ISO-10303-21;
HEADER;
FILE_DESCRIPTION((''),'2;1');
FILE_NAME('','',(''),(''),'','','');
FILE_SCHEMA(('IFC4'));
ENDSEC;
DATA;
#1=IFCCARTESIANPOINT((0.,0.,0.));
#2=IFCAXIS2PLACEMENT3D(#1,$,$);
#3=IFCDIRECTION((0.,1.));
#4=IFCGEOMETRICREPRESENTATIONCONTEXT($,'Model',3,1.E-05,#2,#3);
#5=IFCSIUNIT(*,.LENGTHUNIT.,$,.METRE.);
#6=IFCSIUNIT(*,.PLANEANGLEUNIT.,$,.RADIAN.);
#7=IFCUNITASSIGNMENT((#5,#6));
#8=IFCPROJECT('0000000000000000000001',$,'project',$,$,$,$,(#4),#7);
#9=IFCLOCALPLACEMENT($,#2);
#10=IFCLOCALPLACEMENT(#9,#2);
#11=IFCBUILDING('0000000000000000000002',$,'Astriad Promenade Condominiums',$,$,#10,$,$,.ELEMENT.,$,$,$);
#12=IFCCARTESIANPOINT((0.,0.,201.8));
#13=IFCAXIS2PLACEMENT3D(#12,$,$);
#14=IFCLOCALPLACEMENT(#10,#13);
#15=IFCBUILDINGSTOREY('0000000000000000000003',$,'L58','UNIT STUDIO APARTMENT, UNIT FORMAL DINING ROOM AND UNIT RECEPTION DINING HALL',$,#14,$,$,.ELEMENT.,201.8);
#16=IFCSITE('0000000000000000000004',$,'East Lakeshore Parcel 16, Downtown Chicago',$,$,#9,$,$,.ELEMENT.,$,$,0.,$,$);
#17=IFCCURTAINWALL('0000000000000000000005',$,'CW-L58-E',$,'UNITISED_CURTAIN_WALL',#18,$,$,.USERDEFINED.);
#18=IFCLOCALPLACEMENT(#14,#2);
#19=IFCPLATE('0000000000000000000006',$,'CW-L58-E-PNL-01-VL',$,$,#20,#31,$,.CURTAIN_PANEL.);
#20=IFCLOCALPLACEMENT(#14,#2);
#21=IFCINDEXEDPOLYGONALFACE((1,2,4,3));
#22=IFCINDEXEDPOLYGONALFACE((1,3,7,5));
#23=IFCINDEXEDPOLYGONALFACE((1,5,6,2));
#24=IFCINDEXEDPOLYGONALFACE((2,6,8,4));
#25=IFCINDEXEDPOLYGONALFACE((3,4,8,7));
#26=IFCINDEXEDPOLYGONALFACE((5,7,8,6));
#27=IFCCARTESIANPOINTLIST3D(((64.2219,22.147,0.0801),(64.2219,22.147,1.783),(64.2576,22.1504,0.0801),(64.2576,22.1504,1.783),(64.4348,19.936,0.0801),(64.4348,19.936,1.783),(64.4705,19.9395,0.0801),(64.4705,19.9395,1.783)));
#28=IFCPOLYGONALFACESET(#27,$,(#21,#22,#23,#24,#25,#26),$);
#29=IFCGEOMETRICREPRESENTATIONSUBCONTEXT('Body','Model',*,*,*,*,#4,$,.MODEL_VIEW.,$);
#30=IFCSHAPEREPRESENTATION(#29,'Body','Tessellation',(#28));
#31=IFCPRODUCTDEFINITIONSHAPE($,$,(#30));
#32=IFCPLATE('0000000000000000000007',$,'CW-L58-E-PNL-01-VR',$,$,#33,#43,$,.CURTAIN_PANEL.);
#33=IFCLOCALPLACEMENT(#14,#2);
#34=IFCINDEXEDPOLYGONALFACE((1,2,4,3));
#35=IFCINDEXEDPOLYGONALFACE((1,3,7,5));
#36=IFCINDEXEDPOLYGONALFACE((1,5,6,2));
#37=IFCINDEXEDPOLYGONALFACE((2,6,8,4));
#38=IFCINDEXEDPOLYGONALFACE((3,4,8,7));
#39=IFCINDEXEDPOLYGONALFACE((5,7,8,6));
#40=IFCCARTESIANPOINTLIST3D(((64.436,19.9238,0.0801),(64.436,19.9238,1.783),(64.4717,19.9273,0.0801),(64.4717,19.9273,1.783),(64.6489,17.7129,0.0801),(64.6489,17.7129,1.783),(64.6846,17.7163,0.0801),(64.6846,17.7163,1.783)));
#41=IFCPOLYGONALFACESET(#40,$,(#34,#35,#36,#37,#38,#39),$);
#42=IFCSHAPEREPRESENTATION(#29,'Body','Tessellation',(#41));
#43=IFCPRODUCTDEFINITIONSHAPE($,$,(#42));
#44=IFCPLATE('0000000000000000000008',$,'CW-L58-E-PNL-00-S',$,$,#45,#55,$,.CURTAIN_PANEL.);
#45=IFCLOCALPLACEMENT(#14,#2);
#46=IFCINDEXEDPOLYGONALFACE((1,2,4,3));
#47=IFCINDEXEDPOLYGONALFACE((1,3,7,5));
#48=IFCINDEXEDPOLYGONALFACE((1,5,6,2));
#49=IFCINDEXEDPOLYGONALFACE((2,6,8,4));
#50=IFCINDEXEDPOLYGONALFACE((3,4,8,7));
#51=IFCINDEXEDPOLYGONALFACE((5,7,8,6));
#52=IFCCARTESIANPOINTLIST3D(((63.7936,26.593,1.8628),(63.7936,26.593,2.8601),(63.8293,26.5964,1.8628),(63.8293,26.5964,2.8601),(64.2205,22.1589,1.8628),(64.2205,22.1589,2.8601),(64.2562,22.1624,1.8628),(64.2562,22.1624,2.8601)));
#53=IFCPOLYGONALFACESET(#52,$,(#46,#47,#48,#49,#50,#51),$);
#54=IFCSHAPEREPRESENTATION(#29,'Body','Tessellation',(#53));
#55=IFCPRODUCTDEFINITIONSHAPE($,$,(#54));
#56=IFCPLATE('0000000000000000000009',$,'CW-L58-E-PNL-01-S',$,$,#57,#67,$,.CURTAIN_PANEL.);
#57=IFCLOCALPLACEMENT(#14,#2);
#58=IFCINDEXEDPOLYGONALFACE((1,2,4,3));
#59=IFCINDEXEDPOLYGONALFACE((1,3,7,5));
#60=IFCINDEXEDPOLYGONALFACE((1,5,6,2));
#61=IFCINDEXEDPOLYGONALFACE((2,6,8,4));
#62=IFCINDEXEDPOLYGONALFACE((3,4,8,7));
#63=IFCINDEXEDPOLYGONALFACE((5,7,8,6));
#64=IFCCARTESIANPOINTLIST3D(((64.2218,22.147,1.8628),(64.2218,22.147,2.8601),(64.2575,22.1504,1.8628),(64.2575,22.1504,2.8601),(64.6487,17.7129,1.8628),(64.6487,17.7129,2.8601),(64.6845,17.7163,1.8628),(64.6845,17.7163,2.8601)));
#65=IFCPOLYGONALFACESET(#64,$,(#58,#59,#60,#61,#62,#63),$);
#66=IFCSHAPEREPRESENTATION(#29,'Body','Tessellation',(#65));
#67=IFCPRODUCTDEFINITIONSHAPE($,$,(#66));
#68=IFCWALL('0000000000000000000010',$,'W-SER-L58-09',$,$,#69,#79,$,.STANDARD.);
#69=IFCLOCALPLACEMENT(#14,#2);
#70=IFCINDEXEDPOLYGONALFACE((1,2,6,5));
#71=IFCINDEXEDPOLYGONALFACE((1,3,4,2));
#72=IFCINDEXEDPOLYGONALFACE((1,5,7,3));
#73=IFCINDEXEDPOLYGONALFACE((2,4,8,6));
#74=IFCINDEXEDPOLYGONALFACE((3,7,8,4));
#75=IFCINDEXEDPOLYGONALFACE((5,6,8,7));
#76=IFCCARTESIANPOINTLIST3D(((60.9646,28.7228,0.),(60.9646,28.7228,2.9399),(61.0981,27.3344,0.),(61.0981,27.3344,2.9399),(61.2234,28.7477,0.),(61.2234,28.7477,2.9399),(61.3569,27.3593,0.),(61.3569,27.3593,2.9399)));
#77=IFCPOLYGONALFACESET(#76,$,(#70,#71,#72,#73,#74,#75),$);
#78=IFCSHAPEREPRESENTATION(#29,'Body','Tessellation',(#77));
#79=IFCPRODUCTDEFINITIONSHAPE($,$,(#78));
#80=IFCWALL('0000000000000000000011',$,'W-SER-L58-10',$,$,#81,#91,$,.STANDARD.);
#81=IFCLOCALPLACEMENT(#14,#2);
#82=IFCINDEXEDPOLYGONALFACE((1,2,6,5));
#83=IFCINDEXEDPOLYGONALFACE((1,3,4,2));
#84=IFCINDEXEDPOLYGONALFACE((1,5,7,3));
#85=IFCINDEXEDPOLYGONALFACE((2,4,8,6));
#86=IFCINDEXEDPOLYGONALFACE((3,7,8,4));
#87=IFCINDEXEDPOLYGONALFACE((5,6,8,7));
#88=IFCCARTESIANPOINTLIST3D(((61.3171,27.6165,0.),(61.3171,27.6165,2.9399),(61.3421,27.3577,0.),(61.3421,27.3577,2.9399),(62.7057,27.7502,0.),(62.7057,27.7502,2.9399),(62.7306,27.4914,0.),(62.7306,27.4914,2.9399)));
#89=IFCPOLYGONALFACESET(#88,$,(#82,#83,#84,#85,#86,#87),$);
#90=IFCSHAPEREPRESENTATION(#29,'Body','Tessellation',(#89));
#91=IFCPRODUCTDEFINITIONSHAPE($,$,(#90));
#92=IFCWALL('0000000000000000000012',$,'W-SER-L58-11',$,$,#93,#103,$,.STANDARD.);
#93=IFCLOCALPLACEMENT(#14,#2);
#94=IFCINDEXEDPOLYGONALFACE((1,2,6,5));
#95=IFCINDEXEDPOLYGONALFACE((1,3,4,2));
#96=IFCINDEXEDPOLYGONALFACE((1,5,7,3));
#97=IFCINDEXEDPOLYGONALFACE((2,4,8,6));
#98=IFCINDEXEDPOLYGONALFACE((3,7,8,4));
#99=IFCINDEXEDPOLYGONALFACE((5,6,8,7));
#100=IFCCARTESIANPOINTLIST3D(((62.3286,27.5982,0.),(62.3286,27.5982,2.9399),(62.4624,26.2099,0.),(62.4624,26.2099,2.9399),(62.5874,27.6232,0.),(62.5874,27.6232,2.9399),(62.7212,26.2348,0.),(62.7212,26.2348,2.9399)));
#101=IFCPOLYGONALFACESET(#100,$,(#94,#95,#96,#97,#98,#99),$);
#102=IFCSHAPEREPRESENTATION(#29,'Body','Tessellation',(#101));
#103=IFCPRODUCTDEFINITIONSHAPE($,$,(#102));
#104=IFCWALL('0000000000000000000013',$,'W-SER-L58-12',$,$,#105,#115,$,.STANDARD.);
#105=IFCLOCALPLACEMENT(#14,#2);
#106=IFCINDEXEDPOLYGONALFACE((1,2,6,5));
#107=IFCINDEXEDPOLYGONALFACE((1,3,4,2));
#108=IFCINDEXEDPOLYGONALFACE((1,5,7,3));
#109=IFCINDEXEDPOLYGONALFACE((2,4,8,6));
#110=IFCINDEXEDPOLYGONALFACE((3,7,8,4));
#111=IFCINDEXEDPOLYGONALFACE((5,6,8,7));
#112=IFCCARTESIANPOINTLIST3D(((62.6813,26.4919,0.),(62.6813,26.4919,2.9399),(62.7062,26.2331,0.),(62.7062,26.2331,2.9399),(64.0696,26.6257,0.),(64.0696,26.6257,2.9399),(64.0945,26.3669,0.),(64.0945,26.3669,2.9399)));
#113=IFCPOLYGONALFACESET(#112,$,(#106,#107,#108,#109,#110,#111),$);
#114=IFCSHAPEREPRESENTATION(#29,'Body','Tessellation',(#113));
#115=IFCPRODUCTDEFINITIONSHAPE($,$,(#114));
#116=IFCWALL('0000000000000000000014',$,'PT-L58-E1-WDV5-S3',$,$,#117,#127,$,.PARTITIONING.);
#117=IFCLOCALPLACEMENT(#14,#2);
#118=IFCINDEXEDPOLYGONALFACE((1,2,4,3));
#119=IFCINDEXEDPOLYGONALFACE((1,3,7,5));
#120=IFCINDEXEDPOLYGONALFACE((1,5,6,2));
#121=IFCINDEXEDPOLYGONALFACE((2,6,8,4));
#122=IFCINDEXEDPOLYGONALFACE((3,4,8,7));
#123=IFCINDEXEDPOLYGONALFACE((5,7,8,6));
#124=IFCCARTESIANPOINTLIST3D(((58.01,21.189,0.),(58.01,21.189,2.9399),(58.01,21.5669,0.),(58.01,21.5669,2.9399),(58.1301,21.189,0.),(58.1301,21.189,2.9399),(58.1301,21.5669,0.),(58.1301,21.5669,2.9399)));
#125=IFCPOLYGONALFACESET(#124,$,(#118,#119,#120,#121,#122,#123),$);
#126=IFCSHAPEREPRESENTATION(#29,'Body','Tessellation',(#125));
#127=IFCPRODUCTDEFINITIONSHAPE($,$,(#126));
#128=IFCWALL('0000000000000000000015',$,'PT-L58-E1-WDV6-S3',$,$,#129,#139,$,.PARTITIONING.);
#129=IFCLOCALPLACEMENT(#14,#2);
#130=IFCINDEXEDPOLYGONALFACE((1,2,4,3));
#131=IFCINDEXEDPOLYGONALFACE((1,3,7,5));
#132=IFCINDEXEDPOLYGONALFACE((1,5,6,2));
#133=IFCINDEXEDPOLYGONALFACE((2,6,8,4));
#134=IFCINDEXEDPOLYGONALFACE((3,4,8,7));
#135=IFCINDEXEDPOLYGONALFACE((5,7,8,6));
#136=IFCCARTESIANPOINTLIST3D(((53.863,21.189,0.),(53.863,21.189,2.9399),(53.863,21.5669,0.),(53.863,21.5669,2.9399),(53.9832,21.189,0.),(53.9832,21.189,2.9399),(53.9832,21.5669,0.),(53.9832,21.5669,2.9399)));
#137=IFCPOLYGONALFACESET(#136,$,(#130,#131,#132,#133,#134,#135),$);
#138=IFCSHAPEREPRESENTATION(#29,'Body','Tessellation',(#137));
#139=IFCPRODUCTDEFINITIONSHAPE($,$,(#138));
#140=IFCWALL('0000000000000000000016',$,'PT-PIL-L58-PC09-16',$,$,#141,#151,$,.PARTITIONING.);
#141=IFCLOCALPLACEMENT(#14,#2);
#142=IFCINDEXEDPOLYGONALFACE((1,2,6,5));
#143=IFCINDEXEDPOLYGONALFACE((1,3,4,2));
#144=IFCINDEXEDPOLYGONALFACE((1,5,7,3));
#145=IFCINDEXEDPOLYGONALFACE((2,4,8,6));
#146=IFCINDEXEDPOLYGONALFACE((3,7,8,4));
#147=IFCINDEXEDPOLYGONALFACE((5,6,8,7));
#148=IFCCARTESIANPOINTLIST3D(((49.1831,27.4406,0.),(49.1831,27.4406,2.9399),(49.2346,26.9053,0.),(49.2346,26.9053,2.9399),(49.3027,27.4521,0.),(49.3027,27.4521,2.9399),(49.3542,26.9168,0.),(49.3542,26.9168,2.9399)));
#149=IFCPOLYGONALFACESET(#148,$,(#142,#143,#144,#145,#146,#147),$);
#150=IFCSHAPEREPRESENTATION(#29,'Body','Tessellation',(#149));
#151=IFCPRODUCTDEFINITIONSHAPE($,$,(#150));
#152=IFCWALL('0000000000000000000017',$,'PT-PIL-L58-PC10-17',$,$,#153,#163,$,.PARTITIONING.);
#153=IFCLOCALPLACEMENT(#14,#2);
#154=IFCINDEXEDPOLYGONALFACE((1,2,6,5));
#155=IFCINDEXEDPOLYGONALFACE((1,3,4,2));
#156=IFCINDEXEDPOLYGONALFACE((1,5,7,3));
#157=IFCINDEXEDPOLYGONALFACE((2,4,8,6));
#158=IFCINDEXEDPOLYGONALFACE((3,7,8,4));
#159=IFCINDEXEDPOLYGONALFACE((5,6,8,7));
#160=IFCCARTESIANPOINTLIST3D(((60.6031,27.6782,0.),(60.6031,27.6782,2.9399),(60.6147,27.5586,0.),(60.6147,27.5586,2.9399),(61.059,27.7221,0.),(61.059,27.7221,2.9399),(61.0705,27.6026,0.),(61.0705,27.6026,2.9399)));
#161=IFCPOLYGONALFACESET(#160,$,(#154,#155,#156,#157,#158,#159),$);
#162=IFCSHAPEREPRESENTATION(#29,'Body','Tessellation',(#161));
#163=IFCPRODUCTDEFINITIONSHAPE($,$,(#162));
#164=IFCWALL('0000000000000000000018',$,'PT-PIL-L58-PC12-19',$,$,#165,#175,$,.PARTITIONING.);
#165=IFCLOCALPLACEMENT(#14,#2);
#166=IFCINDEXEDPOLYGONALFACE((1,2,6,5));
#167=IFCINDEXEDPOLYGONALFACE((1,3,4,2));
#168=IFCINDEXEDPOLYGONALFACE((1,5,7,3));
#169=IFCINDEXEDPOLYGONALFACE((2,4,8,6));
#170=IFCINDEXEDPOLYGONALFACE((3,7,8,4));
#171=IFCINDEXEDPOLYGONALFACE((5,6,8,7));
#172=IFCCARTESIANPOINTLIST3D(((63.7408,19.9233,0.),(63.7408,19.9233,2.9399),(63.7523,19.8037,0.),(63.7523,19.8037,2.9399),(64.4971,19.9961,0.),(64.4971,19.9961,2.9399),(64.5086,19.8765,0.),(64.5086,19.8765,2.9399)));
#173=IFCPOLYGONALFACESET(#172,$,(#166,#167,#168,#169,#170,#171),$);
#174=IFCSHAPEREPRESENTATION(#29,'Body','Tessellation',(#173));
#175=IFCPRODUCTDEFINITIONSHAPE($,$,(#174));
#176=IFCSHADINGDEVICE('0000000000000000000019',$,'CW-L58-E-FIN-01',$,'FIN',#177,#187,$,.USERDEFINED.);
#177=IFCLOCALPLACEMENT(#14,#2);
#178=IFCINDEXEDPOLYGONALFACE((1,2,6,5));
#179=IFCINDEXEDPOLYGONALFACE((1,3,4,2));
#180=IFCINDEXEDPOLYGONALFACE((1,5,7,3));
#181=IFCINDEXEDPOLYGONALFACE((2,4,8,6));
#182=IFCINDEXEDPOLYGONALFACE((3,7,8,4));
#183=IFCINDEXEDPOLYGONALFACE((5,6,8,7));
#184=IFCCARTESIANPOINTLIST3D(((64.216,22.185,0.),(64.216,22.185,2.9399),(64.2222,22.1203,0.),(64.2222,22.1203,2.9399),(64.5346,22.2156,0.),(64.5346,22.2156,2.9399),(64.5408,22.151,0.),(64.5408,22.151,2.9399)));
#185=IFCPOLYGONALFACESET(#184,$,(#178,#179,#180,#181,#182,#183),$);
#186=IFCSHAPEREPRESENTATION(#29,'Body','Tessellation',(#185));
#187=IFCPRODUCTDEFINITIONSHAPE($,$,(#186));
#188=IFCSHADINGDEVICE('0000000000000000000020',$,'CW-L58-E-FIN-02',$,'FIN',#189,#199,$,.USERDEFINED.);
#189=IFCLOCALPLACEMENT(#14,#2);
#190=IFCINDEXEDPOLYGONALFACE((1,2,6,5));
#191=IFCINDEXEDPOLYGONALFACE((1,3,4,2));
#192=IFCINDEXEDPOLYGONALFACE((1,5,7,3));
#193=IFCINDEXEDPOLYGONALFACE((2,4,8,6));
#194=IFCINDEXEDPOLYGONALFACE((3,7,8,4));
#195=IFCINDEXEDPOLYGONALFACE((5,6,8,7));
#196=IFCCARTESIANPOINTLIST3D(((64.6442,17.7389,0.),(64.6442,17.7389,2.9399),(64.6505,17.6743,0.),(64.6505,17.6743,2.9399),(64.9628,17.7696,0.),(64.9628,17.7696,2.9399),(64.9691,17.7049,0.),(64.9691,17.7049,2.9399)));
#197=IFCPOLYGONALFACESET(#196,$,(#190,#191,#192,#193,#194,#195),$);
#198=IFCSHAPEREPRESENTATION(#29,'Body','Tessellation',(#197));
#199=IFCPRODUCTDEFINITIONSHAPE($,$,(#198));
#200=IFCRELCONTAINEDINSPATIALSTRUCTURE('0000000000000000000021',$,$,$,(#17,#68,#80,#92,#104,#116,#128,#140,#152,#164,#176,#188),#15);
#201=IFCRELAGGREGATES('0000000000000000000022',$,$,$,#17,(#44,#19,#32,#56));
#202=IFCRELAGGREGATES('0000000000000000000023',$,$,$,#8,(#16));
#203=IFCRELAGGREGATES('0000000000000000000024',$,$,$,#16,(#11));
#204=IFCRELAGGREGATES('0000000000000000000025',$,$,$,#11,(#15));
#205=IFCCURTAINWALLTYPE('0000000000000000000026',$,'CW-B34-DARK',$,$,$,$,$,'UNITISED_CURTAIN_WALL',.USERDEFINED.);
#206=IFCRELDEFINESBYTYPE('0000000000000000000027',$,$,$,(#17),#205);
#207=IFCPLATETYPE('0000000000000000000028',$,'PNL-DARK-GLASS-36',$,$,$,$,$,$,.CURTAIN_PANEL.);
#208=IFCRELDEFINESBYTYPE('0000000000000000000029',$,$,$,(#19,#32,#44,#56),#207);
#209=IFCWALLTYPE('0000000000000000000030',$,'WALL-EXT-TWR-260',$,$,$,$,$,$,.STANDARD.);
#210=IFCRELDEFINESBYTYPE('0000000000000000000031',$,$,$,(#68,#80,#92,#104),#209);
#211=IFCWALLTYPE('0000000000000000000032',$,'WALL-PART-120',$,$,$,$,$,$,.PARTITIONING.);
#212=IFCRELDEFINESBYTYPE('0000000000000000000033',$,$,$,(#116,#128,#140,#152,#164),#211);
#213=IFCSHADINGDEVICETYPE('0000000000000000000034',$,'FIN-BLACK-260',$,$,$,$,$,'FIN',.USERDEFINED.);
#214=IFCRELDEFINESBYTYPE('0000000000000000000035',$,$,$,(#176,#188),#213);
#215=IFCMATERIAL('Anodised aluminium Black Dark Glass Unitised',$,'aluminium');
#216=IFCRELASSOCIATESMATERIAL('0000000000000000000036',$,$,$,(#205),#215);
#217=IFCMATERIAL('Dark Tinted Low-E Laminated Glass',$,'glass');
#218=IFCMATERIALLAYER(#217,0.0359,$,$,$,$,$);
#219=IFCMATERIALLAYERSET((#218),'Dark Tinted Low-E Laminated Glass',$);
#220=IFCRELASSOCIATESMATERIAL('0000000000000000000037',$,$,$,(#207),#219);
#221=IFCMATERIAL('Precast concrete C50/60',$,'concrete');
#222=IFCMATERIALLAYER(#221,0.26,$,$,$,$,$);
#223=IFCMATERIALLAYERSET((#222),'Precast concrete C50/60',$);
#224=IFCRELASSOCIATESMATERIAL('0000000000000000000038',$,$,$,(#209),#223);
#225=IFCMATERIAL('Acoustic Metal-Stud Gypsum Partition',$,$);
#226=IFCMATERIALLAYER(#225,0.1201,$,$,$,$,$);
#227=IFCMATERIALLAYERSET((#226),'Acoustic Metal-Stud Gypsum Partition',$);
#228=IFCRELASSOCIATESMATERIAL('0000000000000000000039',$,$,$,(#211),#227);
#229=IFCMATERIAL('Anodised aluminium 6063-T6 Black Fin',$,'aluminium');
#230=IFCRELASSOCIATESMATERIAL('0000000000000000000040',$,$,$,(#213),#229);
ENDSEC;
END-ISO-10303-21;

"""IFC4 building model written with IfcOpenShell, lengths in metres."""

from ifc_helpers import new_model, si_unit, direction, frame, frame_2d, origin, origin_2d, place, context, subcontext, project, spatial, rectangle, extrude, source, transform, mapped, material, layer, layer_set, type_object, type_shapes, element, aggregate, save


model = new_model("IFC4")

# Units and contexts
model_context = context("Model", 3, precision=1e-05, world=origin(), true_north=direction((0.0, 1.0)))
body_context = subcontext(model_context, "Body", "Model", "MODEL_VIEW")
ifc_project = project(units=[si_unit("LENGTHUNIT", "METRE"), si_unit("PLANEANGLEUNIT", "RADIAN")], contexts=[model_context])

# Site, building, storey
site_placement = place(None, origin())
site = spatial("IfcSite", under=ifc_project, at=site_placement, Name="East Lakeshore Parcel 16, Downtown Chicago", CompositionType="ELEMENT", RefElevation=0.0)
building_placement = place(site_placement, origin())
building = spatial("IfcBuilding", under=site, at=building_placement, Name="Astriad Promenade Condominiums", CompositionType="ELEMENT")
storey_placement = place(building_placement, frame((0.0, 0.0, 201.8)))
storey = spatial("IfcBuildingStorey", under=building, at=storey_placement, Name="L58", Description="UNIT STUDIO APARTMENT, UNIT FORMAL DINING ROOM AND UNIT RECEPTION DINING HALL", CompositionType="ELEMENT", Elevation=201.8)

# Curtain wall, plates
ifc_material_1 = material(Name="Anodised aluminium Black Dark Glass Unitised", Category="aluminium")
curtain_wall_type = type_object("IfcCurtainWallType", Name="CW-B34-DARK", ElementType="UNITISED_CURTAIN_WALL", PredefinedType="USERDEFINED", material=ifc_material_1)
curtain_wall_placement = place(storey_placement, origin())
curtain_wall = element("IfcCurtainWall", 1, at=curtain_wall_placement, inside=storey, type_object=curtain_wall_type, Name="CW-L58-E", ObjectType="UNITISED_CURTAIN_WALL", PredefinedType="USERDEFINED")
ifc_material_2 = material(Name="Dark Tinted Low-E Laminated Glass", Category="glass")
ifc_layer_1 = layer(ifc_material_2, 0.0359)
ifc_layer_set_1 = layer_set([ifc_layer_1], Name="Dark Tinted Low-E Laminated Glass")
plate_type = type_object("IfcPlateType", Name="PNL-DARK-GLASS-36", PredefinedType="CURTAIN_PANEL", material=ifc_layer_set_1)
shared_shape_1 = source(origin(), body_context, "Body", "SweptSolid", [
    extrude(rectangle(XDim=2.2212, YDim=0.0359, at=origin_2d()), origin(), (0.0, 0.0, 1.0), 1.7029),
])
plate_1_placement = place(storey_placement, frame((64.3462, 21.0432, 0.0801), z_axis=(0.0, 0.0, 1.0), x_axis=(0.095846, -0.995396, 0.0)))
plate_1 = element("IfcPlate", 2, at=plate_1_placement, type_object=plate_type, Name="CW-L58-E-PNL-01-VL", PredefinedType="CURTAIN_PANEL", context=body_context, shape_type="MappedRepresentation", body=[
    mapped(shared_shape_1, transform((0.0, 0.0, 0.0), scale=1.0)),
])
plate_2_placement = place(storey_placement, frame((64.5603, 18.8201, 0.0801), z_axis=(0.0, 0.0, 1.0), x_axis=(0.095846, -0.995396, 0.0)))
plate_2 = element("IfcPlate", 3, at=plate_2_placement, type_object=plate_type, Name="CW-L58-E-PNL-01-VR", PredefinedType="CURTAIN_PANEL", context=body_context, shape_type="MappedRepresentation", body=[
    mapped(shared_shape_1, transform((0.0, 0.0, 0.0), scale=1.0)),
])
shared_shape_2 = source(origin(), body_context, "Body", "SweptSolid", [
    extrude(rectangle(XDim=4.4546, YDim=0.0359, at=origin_2d()), origin(), (0.0, 0.0, 1.0), 0.9973),
])
type_shapes(plate_type, [shared_shape_1, shared_shape_2])
plate_3_placement = place(storey_placement, frame((64.0249, 24.3777, 1.8628), z_axis=(0.0, 0.0, 1.0), x_axis=(0.095846, -0.995396, 0.0)))
plate_3 = element("IfcPlate", 4, at=plate_3_placement, type_object=plate_type, Name="CW-L58-E-PNL-00-S", PredefinedType="CURTAIN_PANEL", context=body_context, shape_type="MappedRepresentation", body=[
    mapped(shared_shape_2, transform((0.0, 0.0, 0.0), scale=1.0)),
])
plate_4_placement = place(storey_placement, frame((64.4531, 19.9316, 1.8628), z_axis=(0.0, 0.0, 1.0), x_axis=(0.095846, -0.995396, 0.0)))
plate_4 = element("IfcPlate", 5, at=plate_4_placement, type_object=plate_type, Name="CW-L58-E-PNL-01-S", PredefinedType="CURTAIN_PANEL", context=body_context, shape_type="MappedRepresentation", body=[
    mapped(shared_shape_2, transform((0.0, 0.0, 0.0), scale=1.0)),
])
aggregate(curtain_wall, [plate_3, plate_1, plate_2, plate_4])

# Walls
ifc_material_3 = material(Name="Precast concrete C50/60", Category="concrete")
ifc_layer_2 = layer(ifc_material_3, 0.26)
ifc_layer_set_2 = layer_set([ifc_layer_2], Name="Precast concrete C50/60")
wall_type_1 = type_object("IfcWallType", Name="WALL-EXT-TWR-260", PredefinedType="STANDARD", material=ifc_layer_set_2)
wall_1_placement = place(storey_placement, frame((61.094, 28.7351, 0.0), z_axis=(0.0, 0.0, 1.0), x_axis=(0.095742, -0.995406, 0.0)))
element("IfcWall", 6, at=wall_1_placement, inside=storey, type_object=wall_type_1, Name="W-SER-L58-09", PredefinedType="STANDARD", context=body_context, shape_type="SweptSolid", body=[
    extrude(rectangle(XDim=1.3948, YDim=0.26, at=frame_2d((0.6973, 0.0))), origin(), (0.0, 0.0, 1.0), 2.9399),
])
wall_2_placement = place(storey_placement, frame((61.3296, 27.4871, 0.0), z_axis=(0.0, 0.0, 1.0), x_axis=(0.995391, 0.095899, 0.0)))
element("IfcWall", 7, at=wall_2_placement, inside=storey, type_object=wall_type_1, Name="W-SER-L58-10", PredefinedType="STANDARD", context=body_context, shape_type="SweptSolid", body=[
    extrude(rectangle(XDim=1.395, YDim=0.26, at=frame_2d((0.6975, 0.0))), origin(), (0.0, 0.0, 1.0), 2.9399),
])
for number, where, z_axis, x_axis, name in (
    (8, (62.458, 27.6106, 0.0), (0.0, 0.0, 1.0), (0.095916, -0.995389, 0.0), "W-SER-L58-11"),
    (9, (62.6938, 26.3625, 0.0), (0.0, 0.0, 1.0), (0.995389, 0.095916, 0.0), "W-SER-L58-12"),
):
    element("IfcWall", number, at=place(storey_placement, frame(where, z_axis=z_axis, x_axis=x_axis)), inside=storey, type_object=wall_type_1, Name=name, PredefinedType="STANDARD", context=body_context, shape_type="SweptSolid", body=[
        extrude(rectangle(XDim=1.3948, YDim=0.26, at=frame_2d((0.6973, 0.0))), origin(), (0.0, 0.0, 1.0), 2.9399),
    ])
ifc_material_4 = material(Name="Acoustic Metal-Stud Gypsum Partition")
ifc_layer_3 = layer(ifc_material_4, 0.1201)
ifc_layer_set_3 = layer_set([ifc_layer_3], Name="Acoustic Metal-Stud Gypsum Partition")
wall_type_2 = type_object("IfcWallType", Name="WALL-PART-120", PredefinedType="PARTITIONING", material=ifc_layer_set_3)
for number, where, z_axis, x_axis, name in (
    (10, (58.0701, 21.189, 0.0), (0.0, 0.0, 1.0), (0.0, 1.0, 0.0), "PT-L58-E1-WDV5-S3"),
    (11, (53.9231, 21.189, 0.0), (0.0, 0.0, 1.0), (0.0, 1.0, 0.0), "PT-L58-E1-WDV6-S3"),
):
    element("IfcWall", number, at=place(storey_placement, frame(where, z_axis=z_axis, x_axis=x_axis)), inside=storey, type_object=wall_type_2, Name=name, PredefinedType="PARTITIONING", context=body_context, shape_type="SweptSolid", body=[
        extrude(rectangle(XDim=0.3779, YDim=0.1201, at=frame_2d((0.189, 0.0))), origin(), (0.0, 0.0, 1.0), 2.9399),
    ])
wall_3_placement = place(storey_placement, frame((49.2944, 26.9109, 0.0), z_axis=(0.0, 0.0, 1.0), x_axis=(-0.095773, 0.995403, 0.0)))
element("IfcWall", 12, at=wall_3_placement, inside=storey, type_object=wall_type_2, Name="PT-PIL-L58-PC09-16", PredefinedType="PARTITIONING", context=body_context, shape_type="SweptSolid", body=[
    extrude(rectangle(XDim=0.5378, YDim=0.1201, at=frame_2d((0.269, 0.0))), origin(), (0.0, 0.0, 1.0), 2.9399),
])
wall_4_placement = place(storey_placement, frame((60.6089, 27.6184, 0.0), z_axis=(0.0, 0.0, 1.0), x_axis=(0.995385, 0.095966, 0.0)))
element("IfcWall", 13, at=wall_4_placement, inside=storey, type_object=wall_type_2, Name="PT-PIL-L58-PC10-17", PredefinedType="PARTITIONING", context=body_context, shape_type="SweptSolid", body=[
    extrude(rectangle(XDim=0.458, YDim=0.1201, at=frame_2d((0.229, 0.0))), origin(), (0.0, 0.0, 1.0), 2.9399),
])
wall_5_placement = place(storey_placement, frame((63.7466, 19.8635, 0.0), z_axis=(0.0, 0.0, 1.0), x_axis=(0.995405, 0.095749, 0.0)))
element("IfcWall", 14, at=wall_5_placement, inside=storey, type_object=wall_type_2, Name="PT-PIL-L58-PC12-19", PredefinedType="PARTITIONING", context=body_context, shape_type="SweptSolid", body=[
    extrude(rectangle(XDim=0.7598, YDim=0.1201, at=frame_2d((0.3799, 0.0))), origin(), (0.0, 0.0, 1.0), 2.9399),
])

# Shading devices
ifc_material_5 = material(Name="Anodised aluminium 6063-T6 Black Fin", Category="aluminium")
shading_device_type = type_object("IfcShadingDeviceType", Name="FIN-BLACK-260", ElementType="FIN", PredefinedType="USERDEFINED", material=ifc_material_5)
shared_shape_3 = source(origin(), body_context, "Body", "SweptSolid", [
    extrude(rectangle(XDim=0.0649, YDim=0.3201, at=origin_2d()), origin(), (0.0, 0.0, 1.0), 2.9399),
])
type_shapes(shading_device_type, [shared_shape_3])
for number, where, z_axis, x_axis, name in (
    (15, (64.3784, 22.168, 0.0), (0.0, 0.0, 1.0), (0.095846, -0.995396, 0.0), "CW-L58-E-FIN-01"),
    (16, (64.8066, 17.7219, 0.0), (0.0, 0.0, 1.0), (0.095846, -0.995396, 0.0), "CW-L58-E-FIN-02"),
):
    element("IfcShadingDevice", number, at=place(storey_placement, frame(where, z_axis=z_axis, x_axis=x_axis)), inside=storey, type_object=shading_device_type, Name=name, ObjectType="FIN", PredefinedType="USERDEFINED", context=body_context, shape_type="MappedRepresentation", body=[
        mapped(shared_shape_3, transform((0.0, 0.0, 0.0), scale=1.0)),
    ])

save(model, "model.ifc")
